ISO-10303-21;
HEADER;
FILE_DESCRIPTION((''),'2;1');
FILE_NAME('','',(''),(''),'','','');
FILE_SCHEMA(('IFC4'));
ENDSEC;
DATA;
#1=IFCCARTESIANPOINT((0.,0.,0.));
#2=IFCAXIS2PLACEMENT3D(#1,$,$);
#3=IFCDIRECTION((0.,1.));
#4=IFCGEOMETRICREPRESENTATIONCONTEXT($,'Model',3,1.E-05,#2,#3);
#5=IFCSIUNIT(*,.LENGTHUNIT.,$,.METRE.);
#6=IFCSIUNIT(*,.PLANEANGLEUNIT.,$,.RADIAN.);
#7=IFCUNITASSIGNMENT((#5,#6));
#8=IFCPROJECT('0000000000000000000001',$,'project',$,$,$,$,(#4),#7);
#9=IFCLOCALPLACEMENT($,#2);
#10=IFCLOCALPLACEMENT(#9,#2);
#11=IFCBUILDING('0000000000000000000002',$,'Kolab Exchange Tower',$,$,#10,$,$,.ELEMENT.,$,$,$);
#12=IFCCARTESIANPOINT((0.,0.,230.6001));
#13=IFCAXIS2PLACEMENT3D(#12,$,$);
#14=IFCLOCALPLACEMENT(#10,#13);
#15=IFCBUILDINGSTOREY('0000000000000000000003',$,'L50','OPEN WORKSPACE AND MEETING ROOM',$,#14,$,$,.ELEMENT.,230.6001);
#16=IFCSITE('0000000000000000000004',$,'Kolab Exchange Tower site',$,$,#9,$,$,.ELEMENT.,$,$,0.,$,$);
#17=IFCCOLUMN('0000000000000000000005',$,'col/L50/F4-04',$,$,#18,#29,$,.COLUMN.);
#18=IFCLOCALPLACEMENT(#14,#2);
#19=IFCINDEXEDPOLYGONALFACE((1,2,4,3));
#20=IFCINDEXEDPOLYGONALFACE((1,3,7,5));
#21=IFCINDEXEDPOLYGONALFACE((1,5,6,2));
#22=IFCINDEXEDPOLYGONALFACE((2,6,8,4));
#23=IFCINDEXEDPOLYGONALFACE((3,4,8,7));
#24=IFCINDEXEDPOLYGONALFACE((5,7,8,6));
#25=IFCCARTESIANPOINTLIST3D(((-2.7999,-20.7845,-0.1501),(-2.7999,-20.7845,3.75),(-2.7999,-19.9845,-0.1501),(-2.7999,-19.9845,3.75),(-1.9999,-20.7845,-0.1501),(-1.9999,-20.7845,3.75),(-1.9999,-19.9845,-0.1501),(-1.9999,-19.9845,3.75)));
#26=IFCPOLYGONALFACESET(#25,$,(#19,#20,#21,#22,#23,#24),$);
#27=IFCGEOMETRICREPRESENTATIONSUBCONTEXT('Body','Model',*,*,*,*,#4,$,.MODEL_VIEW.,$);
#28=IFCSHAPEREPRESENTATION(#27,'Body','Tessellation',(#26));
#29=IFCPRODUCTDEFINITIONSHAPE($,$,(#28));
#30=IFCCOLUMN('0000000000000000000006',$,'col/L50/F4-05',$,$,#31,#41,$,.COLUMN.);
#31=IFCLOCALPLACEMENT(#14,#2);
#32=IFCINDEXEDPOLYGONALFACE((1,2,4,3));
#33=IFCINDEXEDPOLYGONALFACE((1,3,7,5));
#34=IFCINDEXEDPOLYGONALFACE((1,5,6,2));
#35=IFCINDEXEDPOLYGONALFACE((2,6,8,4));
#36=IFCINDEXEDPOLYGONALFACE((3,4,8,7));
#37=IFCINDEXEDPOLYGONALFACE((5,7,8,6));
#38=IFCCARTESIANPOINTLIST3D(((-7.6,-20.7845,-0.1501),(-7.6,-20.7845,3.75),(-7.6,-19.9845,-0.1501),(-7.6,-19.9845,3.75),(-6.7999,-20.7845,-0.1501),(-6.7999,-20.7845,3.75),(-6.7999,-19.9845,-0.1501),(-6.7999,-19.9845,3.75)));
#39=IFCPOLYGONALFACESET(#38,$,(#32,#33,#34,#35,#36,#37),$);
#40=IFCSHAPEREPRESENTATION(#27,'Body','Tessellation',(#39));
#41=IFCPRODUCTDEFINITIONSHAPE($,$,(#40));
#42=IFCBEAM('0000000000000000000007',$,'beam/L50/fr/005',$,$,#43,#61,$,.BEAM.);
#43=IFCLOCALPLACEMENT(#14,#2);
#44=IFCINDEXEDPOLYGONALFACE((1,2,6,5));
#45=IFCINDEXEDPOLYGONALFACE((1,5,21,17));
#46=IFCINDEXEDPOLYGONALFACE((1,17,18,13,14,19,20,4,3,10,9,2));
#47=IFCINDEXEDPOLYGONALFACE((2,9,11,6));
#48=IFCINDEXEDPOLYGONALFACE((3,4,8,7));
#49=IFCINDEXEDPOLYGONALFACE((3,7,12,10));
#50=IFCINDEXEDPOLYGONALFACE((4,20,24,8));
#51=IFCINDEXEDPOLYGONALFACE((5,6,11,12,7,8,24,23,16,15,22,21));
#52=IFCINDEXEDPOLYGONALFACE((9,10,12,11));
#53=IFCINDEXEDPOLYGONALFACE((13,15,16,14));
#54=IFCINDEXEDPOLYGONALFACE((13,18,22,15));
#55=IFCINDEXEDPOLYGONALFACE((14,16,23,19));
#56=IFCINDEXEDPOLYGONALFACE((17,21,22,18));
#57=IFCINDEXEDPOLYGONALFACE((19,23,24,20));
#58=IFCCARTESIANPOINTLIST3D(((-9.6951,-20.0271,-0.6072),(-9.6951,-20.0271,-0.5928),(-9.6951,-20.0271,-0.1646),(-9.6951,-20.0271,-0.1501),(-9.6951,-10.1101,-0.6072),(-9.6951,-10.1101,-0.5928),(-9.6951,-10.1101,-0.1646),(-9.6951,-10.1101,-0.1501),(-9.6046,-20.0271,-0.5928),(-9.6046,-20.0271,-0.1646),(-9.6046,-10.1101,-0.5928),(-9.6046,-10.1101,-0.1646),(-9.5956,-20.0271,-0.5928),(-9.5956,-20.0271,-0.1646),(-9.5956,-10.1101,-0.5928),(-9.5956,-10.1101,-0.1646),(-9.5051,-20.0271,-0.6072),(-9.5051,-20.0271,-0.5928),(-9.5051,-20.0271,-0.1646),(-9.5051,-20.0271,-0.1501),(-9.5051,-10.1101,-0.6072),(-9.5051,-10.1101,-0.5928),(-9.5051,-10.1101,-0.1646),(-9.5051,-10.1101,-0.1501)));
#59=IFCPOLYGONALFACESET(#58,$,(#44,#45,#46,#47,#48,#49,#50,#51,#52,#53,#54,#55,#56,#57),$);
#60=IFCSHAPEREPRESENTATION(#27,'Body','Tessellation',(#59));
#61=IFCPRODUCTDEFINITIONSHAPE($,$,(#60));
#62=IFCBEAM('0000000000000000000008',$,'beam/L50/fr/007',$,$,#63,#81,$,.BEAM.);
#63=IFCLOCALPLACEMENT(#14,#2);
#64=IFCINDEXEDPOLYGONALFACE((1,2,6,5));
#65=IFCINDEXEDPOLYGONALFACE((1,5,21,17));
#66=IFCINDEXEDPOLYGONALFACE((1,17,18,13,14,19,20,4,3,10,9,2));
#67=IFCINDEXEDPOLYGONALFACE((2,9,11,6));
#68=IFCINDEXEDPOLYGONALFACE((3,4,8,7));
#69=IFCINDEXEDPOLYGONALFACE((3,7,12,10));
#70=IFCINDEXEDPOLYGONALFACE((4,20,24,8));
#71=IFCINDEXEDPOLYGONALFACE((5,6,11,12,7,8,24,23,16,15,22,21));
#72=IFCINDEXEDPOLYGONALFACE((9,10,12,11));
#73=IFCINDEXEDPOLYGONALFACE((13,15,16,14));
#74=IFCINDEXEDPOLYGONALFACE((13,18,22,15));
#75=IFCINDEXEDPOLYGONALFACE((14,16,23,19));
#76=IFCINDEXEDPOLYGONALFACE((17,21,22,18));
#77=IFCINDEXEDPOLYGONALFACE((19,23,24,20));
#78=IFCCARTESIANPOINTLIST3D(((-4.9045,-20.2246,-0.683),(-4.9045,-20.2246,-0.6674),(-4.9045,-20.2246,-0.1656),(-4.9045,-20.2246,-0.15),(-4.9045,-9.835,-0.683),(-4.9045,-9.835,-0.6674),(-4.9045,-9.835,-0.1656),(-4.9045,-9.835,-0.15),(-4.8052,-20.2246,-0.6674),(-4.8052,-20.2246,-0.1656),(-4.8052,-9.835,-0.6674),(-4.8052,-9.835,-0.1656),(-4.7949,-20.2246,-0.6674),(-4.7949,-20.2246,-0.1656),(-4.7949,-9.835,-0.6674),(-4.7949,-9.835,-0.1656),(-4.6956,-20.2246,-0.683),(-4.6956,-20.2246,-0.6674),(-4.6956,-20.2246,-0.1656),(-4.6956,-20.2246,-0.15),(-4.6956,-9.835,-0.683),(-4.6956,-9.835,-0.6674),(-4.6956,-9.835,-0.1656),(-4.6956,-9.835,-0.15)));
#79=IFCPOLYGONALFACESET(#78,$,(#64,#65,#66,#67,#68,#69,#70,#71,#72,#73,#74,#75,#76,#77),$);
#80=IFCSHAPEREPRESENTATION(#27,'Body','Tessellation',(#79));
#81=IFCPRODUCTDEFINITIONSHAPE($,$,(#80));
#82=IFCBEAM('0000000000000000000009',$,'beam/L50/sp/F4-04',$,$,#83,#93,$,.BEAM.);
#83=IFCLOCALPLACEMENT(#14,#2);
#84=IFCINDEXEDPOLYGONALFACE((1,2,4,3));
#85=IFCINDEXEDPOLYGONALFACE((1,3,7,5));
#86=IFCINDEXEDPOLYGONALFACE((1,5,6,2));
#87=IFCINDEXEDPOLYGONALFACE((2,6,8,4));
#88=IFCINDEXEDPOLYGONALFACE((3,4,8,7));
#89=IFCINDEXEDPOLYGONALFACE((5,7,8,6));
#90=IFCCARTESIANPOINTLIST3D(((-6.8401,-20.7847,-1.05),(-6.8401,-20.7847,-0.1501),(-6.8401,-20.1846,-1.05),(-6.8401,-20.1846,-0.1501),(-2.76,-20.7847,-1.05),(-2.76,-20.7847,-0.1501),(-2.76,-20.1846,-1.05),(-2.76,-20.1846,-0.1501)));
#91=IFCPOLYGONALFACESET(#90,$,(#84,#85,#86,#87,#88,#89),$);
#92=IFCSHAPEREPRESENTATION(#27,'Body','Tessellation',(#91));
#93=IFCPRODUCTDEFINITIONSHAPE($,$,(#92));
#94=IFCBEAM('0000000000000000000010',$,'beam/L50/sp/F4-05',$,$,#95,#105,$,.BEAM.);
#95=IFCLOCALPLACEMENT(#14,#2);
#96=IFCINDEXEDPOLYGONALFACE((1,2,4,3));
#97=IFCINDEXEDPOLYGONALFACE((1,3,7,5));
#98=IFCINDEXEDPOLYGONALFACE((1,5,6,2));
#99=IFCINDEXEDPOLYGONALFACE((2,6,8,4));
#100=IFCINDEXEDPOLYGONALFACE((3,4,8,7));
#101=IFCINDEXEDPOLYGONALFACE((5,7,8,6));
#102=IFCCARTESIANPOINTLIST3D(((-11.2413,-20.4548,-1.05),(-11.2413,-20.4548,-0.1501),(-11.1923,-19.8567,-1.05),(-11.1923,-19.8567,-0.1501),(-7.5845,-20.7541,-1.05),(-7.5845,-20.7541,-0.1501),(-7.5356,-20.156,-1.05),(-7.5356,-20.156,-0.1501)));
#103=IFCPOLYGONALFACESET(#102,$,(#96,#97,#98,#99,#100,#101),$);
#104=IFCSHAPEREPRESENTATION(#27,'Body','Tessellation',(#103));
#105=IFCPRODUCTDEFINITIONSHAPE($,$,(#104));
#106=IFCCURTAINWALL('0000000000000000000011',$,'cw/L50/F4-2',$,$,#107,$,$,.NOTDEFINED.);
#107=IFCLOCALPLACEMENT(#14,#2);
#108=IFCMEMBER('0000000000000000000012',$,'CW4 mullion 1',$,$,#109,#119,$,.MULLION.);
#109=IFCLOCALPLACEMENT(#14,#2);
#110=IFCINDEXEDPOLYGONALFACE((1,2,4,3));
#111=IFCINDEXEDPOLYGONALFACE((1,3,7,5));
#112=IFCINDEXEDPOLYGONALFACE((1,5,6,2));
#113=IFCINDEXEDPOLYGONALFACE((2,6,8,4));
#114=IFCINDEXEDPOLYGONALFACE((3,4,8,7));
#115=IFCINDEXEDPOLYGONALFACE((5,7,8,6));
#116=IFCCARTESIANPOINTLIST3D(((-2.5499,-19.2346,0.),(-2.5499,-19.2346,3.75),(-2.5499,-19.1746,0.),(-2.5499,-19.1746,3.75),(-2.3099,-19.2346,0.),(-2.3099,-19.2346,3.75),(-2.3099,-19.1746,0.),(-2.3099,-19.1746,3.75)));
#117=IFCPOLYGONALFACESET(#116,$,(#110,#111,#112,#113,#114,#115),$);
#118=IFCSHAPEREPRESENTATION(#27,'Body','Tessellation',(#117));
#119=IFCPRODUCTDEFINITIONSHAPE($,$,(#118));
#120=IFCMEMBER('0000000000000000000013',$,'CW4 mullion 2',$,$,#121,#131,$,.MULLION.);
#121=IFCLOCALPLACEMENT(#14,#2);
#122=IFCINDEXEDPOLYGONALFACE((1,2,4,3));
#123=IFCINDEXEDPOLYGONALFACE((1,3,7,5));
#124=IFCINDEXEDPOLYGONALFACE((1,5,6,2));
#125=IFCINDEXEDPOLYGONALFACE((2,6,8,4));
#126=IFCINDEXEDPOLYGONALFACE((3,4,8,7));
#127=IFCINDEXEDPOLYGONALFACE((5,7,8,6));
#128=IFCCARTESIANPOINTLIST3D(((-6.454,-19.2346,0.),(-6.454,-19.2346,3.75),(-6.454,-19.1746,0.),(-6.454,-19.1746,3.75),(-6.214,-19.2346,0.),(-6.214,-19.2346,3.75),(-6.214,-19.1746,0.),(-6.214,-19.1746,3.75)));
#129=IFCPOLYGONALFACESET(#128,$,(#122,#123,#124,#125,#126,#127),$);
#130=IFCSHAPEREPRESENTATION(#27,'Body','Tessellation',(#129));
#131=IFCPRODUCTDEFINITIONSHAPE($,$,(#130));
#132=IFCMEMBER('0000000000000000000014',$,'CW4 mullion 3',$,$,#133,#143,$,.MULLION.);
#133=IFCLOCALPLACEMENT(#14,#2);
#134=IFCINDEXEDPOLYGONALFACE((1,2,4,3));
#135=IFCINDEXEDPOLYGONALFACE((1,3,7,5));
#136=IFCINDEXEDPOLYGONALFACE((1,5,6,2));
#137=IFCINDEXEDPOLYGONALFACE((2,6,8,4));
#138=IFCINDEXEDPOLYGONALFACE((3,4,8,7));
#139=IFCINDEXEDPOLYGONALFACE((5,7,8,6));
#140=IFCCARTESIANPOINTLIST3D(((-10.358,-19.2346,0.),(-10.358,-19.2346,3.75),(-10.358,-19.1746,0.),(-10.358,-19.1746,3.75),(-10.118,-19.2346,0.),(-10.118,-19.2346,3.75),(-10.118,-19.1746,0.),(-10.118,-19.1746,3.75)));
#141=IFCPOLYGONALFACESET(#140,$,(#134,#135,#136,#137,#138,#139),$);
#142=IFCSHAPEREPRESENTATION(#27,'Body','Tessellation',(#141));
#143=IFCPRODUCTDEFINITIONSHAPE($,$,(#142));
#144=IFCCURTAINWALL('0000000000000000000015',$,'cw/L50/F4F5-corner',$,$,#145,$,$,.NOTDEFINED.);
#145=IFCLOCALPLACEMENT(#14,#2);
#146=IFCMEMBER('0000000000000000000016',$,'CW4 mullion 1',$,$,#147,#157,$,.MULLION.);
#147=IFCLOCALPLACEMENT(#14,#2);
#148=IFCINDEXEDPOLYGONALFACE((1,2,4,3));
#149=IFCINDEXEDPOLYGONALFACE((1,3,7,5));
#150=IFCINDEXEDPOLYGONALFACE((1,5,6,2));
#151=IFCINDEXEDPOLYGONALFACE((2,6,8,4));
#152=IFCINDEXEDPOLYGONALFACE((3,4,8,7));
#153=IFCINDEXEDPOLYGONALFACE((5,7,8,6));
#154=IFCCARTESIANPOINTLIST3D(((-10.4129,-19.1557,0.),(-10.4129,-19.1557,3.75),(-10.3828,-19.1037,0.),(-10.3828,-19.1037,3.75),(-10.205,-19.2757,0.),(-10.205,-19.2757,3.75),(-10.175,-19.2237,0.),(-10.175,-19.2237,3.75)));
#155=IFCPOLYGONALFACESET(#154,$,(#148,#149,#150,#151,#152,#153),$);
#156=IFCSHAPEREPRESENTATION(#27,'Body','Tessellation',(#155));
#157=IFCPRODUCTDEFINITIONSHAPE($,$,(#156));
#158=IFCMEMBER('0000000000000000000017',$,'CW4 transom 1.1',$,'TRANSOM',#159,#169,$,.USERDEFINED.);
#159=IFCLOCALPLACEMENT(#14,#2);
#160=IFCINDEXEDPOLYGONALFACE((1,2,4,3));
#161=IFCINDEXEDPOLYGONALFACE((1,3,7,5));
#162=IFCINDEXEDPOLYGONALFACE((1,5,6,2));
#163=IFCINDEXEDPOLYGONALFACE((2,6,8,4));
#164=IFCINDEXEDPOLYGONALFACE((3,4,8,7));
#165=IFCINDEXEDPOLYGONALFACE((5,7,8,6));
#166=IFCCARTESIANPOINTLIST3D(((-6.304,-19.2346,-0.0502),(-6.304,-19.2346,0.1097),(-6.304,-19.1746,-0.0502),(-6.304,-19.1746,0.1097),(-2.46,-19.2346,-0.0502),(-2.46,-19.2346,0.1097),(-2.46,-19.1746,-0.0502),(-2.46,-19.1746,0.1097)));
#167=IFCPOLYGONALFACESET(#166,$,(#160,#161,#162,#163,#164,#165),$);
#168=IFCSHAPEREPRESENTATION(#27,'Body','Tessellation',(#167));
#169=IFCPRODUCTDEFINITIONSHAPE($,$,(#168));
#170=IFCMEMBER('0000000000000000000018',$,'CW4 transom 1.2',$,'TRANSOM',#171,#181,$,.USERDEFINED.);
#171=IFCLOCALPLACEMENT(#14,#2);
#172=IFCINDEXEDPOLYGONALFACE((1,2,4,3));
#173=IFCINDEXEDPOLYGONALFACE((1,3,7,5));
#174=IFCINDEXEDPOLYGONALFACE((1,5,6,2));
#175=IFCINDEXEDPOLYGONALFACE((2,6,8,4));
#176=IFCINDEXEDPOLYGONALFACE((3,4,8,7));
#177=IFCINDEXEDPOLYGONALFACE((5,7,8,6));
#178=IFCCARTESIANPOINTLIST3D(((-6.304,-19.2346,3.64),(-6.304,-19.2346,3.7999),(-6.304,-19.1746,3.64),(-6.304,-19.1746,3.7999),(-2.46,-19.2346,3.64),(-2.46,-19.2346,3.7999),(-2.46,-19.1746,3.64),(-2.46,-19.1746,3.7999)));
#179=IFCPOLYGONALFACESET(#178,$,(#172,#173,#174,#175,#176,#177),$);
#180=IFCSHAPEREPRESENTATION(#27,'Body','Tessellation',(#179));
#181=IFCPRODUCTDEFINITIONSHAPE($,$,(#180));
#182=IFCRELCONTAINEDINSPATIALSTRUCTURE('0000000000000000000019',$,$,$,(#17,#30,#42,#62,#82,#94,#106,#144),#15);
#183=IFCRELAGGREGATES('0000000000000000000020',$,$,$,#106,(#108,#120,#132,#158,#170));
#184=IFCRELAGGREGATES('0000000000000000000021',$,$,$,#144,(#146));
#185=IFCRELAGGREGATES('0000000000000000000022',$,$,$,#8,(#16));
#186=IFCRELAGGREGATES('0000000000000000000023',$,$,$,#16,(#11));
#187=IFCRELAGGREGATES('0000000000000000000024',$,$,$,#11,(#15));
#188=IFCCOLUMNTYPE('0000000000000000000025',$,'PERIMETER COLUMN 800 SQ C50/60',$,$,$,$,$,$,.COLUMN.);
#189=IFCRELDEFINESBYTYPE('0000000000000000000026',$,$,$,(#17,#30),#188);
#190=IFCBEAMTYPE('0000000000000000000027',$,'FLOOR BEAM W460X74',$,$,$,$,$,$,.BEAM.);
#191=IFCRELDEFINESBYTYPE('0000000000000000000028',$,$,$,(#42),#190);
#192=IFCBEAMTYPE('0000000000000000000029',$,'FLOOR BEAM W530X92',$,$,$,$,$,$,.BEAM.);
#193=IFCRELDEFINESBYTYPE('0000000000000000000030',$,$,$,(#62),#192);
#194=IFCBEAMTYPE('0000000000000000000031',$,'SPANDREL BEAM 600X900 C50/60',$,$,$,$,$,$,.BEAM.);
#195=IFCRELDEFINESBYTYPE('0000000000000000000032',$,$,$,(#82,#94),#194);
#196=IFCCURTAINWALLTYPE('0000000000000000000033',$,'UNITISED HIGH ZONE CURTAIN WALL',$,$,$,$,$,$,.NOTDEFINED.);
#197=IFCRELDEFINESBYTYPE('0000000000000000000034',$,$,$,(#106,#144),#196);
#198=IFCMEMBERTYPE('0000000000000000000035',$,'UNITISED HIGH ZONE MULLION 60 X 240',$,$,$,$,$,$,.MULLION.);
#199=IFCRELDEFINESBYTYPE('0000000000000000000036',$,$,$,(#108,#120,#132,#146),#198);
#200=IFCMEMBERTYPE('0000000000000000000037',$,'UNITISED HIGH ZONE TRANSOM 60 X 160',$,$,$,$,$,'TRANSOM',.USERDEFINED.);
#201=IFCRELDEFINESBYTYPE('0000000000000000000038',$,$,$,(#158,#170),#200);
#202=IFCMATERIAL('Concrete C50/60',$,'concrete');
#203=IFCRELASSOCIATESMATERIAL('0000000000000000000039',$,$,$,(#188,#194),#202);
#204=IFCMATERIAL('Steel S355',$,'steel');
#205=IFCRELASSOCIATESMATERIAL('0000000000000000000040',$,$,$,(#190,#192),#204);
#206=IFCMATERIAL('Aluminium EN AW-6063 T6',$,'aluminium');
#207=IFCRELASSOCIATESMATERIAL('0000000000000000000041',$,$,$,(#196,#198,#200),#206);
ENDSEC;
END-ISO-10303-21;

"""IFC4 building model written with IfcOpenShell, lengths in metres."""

from ifc_helpers import new_model, si_unit, direction, frame, origin, origin_2d, place, context, subcontext, project, spatial, rectangle, i_section, extrude, material, material_profile, profile_set, type_object, element, aggregate, save


model = new_model("IFC4")

# Units and contexts
model_context = context("Model", 3, precision=1e-05, world=origin(), true_north=direction((0.0, 1.0)))
body_context = subcontext(model_context, "Body", "Model", "MODEL_VIEW")
ifc_project = project(units=[si_unit("LENGTHUNIT", "METRE"), si_unit("PLANEANGLEUNIT", "RADIAN")], contexts=[model_context])

# Site, building, storey
site_placement = place(None, origin())
site = spatial("IfcSite", under=ifc_project, at=site_placement, Name="Kolab Exchange Tower site", CompositionType="ELEMENT", RefElevation=0.0)
building_placement = place(site_placement, origin())
building = spatial("IfcBuilding", under=site, at=building_placement, Name="Kolab Exchange Tower", CompositionType="ELEMENT")
storey_placement = place(building_placement, frame((0.0, 0.0, 230.6001)))
storey = spatial("IfcBuildingStorey", under=building, at=storey_placement, Name="L50", Description="OPEN WORKSPACE AND MEETING ROOM", CompositionType="ELEMENT", Elevation=230.6001)

# Columns
ifc_material_1 = material(Name="Concrete C50/60", Category="concrete")
ifc_material_profile_1 = material_profile(ifc_material_1, rectangle(XDim=0.8, YDim=0.8, at=origin_2d()), Name="RC800")
ifc_profile_set_1 = profile_set([ifc_material_profile_1], Name="Concrete C50/60")
column_type = type_object("IfcColumnType", Name="PERIMETER COLUMN 800 SQ C50/60", PredefinedType="COLUMN", material=ifc_profile_set_1)
for number, where, z_axis, x_axis, name in (
    (1, (-2.3999, -20.3845, -0.1501), (0.0, 0.0, 1.0), (1.0, 0.0, 0.0), "col/L50/F4-04"),
    (2, (-7.2, -20.3845, -0.1501), (0.0, 0.0, 1.0), (1.0, 0.0, 0.0), "col/L50/F4-05"),
):
    element("IfcColumn", number, at=place(storey_placement, frame(where, z_axis=z_axis, x_axis=x_axis)), inside=storey, type_object=column_type, Name=name, PredefinedType="COLUMN", context=body_context, shape_type="SweptSolid", body=[
        extrude(rectangle(XDim=0.8, YDim=0.8, at=origin_2d()), origin(), (0.0, 0.0, 1.0), 3.9001),
    ])

# Beams
ifc_material_2 = material(Name="Steel S355", Category="steel")
ifc_material_profile_2 = material_profile(ifc_material_2, i_section(OverallWidth=0.1899, OverallDepth=0.457, WebThickness=0.009, FlangeThickness=0.0144, at=origin_2d()), Name="W460X74")
ifc_profile_set_2 = profile_set([ifc_material_profile_2], Name="Steel S355")
beam_type_1 = type_object("IfcBeamType", Name="FLOOR BEAM W460X74", PredefinedType="BEAM", material=ifc_profile_set_2)
beam_1_placement = place(storey_placement, frame((-9.6001, -20.0271, -0.3787), z_axis=(0.0, 1.0, 0.0), x_axis=(-1.0, 0.0, 0.0)))
element("IfcBeam", 3, at=beam_1_placement, inside=storey, type_object=beam_type_1, Name="beam/L50/fr/005", PredefinedType="BEAM", context=body_context, shape_type="SweptSolid", body=[
    extrude(i_section(OverallWidth=0.1899, OverallDepth=0.457, WebThickness=0.009, FlangeThickness=0.0144, at=origin_2d()), origin(), (0.0, 0.0, 1.0), 9.917),
])
ifc_material_profile_3 = material_profile(ifc_material_2, i_section(OverallWidth=0.209, OverallDepth=0.533, WebThickness=0.0103, FlangeThickness=0.0156, at=origin_2d()), Name="W530X92")
ifc_profile_set_3 = profile_set([ifc_material_profile_3], Name="Steel S355")
beam_type_2 = type_object("IfcBeamType", Name="FLOOR BEAM W530X92", PredefinedType="BEAM", material=ifc_profile_set_3)
beam_2_placement = place(storey_placement, frame((-4.8, -20.2246, -0.4165), z_axis=(0.0, 1.0, 0.0), x_axis=(-1.0, 0.0, 0.0)))
element("IfcBeam", 4, at=beam_2_placement, inside=storey, type_object=beam_type_2, Name="beam/L50/fr/007", PredefinedType="BEAM", context=body_context, shape_type="SweptSolid", body=[
    extrude(i_section(OverallWidth=0.209, OverallDepth=0.533, WebThickness=0.0103, FlangeThickness=0.0156, at=origin_2d()), origin(), (0.0, 0.0, 1.0), 10.3896),
])
ifc_material_profile_4 = material_profile(ifc_material_1, rectangle(XDim=0.6001, YDim=0.8999, at=origin_2d()), Name="RC600X900")
ifc_profile_set_4 = profile_set([ifc_material_profile_4], Name="Concrete C50/60")
beam_type_3 = type_object("IfcBeamType", Name="SPANDREL BEAM 600X900 C50/60", PredefinedType="BEAM", material=ifc_profile_set_4)
beam_3_placement = place(storey_placement, frame((-2.76, -20.4846, -0.6001), z_axis=(-1.0, 0.0, 0.0), x_axis=(0.0, -1.0, 0.0)))
element("IfcBeam", 5, at=beam_3_placement, inside=storey, type_object=beam_type_3, Name="beam/L50/sp/F4-04", PredefinedType="BEAM", context=body_context, shape_type="SweptSolid", body=[
    extrude(rectangle(XDim=0.6001, YDim=0.8999, at=origin_2d()), origin(), (0.0, 0.0, 1.0), 4.0801),
])
beam_4_placement = place(storey_placement, frame((-7.5601, -20.4551, -0.6001), z_axis=(-0.996667, 0.081581, 0.0), x_axis=(-0.081581, -0.996667, 0.0)))
element("IfcBeam", 6, at=beam_4_placement, inside=storey, type_object=beam_type_3, Name="beam/L50/sp/F4-05", PredefinedType="BEAM", context=body_context, shape_type="SweptSolid", body=[
    extrude(rectangle(XDim=0.6001, YDim=0.8999, at=origin_2d()), origin(), (0.0, 0.0, 1.0), 3.6689),
])

# Curtain wall, members
ifc_material_3 = material(Name="Aluminium EN AW-6063 T6", Category="aluminium")
curtain_wall_type = type_object("IfcCurtainWallType", Name="UNITISED HIGH ZONE CURTAIN WALL", PredefinedType="NOTDEFINED", material=ifc_material_3)
curtain_wall_1_placement = place(storey_placement, origin())
curtain_wall_1 = element("IfcCurtainWall", 7, at=curtain_wall_1_placement, inside=storey, type_object=curtain_wall_type, Name="cw/L50/F4-2", PredefinedType="NOTDEFINED")
ifc_material_profile_5 = material_profile(ifc_material_3, rectangle(XDim=0.0601, YDim=0.24, at=origin_2d()), Name="RECT 60X240")
ifc_profile_set_5 = profile_set([ifc_material_profile_5], Name="Aluminium EN AW-6063 T6")
member_type_1 = type_object("IfcMemberType", Name="UNITISED HIGH ZONE MULLION 60 X 240", PredefinedType="MULLION", material=ifc_profile_set_5)
member_1_placement = place(storey_placement, frame((-2.4299, -19.2046, 0.0), z_axis=(0.0, 0.0, 1.0), x_axis=(0.0, -1.0, 0.0)))
member_1 = element("IfcMember", 8, at=member_1_placement, type_object=member_type_1, Name="CW4 mullion 1", PredefinedType="MULLION", context=body_context, shape_type="SweptSolid", body=[
    extrude(rectangle(XDim=0.0601, YDim=0.24, at=origin_2d()), origin(), (0.0, 0.0, 1.0), 3.75),
])
member_2_placement = place(storey_placement, frame((-6.334, -19.2046, 0.0), z_axis=(0.0, 0.0, 1.0), x_axis=(0.0, -1.0, 0.0)))
member_2 = element("IfcMember", 9, at=member_2_placement, type_object=member_type_1, Name="CW4 mullion 2", PredefinedType="MULLION", context=body_context, shape_type="SweptSolid", body=[
    extrude(rectangle(XDim=0.0601, YDim=0.24, at=origin_2d()), origin(), (0.0, 0.0, 1.0), 3.75),
])
member_3_placement = place(storey_placement, frame((-10.238, -19.2046, 0.0), z_axis=(0.0, 0.0, 1.0), x_axis=(0.0, -1.0, 0.0)))
member_3 = element("IfcMember", 10, at=member_3_placement, type_object=member_type_1, Name="CW4 mullion 3", PredefinedType="MULLION", context=body_context, shape_type="SweptSolid", body=[
    extrude(rectangle(XDim=0.0601, YDim=0.24, at=origin_2d()), origin(), (0.0, 0.0, 1.0), 3.75),
])

# Curtain wall, member
curtain_wall_2_placement = place(storey_placement, origin())
curtain_wall_2 = element("IfcCurtainWall", 11, at=curtain_wall_2_placement, inside=storey, type_object=curtain_wall_type, Name="cw/L50/F4F5-corner", PredefinedType="NOTDEFINED")
member_4_placement = place(storey_placement, frame((-10.2939, -19.1897, 0.0), z_axis=(0.0, 0.0, 1.0), x_axis=(-0.5, -0.866025, 0.0)))
member_4 = element("IfcMember", 12, at=member_4_placement, type_object=member_type_1, Name="CW4 mullion 1", PredefinedType="MULLION", context=body_context, shape_type="SweptSolid", body=[
    extrude(rectangle(XDim=0.0601, YDim=0.24, at=origin_2d()), origin(), (0.0, 0.0, 1.0), 3.75),
])

# Members
ifc_material_profile_6 = material_profile(ifc_material_3, rectangle(XDim=0.0601, YDim=0.1599, at=origin_2d()), Name="RECT 60X160")
ifc_profile_set_6 = profile_set([ifc_material_profile_6], Name="Aluminium EN AW-6063 T6")
member_type_2 = type_object("IfcMemberType", Name="UNITISED HIGH ZONE TRANSOM 60 X 160", ElementType="TRANSOM", PredefinedType="USERDEFINED", material=ifc_profile_set_6)
member_5_placement = place(storey_placement, frame((-2.46, -19.2046, 0.0298), z_axis=(-1.0, 0.0, 0.0), x_axis=(0.0, -1.0, 0.0)))
member_5 = element("IfcMember", 13, at=member_5_placement, type_object=member_type_2, Name="CW4 transom 1.1", ObjectType="TRANSOM", PredefinedType="USERDEFINED", context=body_context, shape_type="SweptSolid", body=[
    extrude(rectangle(XDim=0.0601, YDim=0.1599, at=origin_2d()), origin(), (0.0, 0.0, 1.0), 3.844),
])
member_6_placement = place(storey_placement, frame((-2.46, -19.2046, 3.72), z_axis=(-1.0, 0.0, 0.0), x_axis=(0.0, -1.0, 0.0)))
member_6 = element("IfcMember", 14, at=member_6_placement, type_object=member_type_2, Name="CW4 transom 1.2", ObjectType="TRANSOM", PredefinedType="USERDEFINED", context=body_context, shape_type="SweptSolid", body=[
    extrude(rectangle(XDim=0.0601, YDim=0.1599, at=origin_2d()), origin(), (0.0, 0.0, 1.0), 3.844),
])

aggregate(curtain_wall_1, [member_1, member_2, member_3, member_5, member_6])
aggregate(curtain_wall_2, [member_4])

save(model, "model.ifc")
